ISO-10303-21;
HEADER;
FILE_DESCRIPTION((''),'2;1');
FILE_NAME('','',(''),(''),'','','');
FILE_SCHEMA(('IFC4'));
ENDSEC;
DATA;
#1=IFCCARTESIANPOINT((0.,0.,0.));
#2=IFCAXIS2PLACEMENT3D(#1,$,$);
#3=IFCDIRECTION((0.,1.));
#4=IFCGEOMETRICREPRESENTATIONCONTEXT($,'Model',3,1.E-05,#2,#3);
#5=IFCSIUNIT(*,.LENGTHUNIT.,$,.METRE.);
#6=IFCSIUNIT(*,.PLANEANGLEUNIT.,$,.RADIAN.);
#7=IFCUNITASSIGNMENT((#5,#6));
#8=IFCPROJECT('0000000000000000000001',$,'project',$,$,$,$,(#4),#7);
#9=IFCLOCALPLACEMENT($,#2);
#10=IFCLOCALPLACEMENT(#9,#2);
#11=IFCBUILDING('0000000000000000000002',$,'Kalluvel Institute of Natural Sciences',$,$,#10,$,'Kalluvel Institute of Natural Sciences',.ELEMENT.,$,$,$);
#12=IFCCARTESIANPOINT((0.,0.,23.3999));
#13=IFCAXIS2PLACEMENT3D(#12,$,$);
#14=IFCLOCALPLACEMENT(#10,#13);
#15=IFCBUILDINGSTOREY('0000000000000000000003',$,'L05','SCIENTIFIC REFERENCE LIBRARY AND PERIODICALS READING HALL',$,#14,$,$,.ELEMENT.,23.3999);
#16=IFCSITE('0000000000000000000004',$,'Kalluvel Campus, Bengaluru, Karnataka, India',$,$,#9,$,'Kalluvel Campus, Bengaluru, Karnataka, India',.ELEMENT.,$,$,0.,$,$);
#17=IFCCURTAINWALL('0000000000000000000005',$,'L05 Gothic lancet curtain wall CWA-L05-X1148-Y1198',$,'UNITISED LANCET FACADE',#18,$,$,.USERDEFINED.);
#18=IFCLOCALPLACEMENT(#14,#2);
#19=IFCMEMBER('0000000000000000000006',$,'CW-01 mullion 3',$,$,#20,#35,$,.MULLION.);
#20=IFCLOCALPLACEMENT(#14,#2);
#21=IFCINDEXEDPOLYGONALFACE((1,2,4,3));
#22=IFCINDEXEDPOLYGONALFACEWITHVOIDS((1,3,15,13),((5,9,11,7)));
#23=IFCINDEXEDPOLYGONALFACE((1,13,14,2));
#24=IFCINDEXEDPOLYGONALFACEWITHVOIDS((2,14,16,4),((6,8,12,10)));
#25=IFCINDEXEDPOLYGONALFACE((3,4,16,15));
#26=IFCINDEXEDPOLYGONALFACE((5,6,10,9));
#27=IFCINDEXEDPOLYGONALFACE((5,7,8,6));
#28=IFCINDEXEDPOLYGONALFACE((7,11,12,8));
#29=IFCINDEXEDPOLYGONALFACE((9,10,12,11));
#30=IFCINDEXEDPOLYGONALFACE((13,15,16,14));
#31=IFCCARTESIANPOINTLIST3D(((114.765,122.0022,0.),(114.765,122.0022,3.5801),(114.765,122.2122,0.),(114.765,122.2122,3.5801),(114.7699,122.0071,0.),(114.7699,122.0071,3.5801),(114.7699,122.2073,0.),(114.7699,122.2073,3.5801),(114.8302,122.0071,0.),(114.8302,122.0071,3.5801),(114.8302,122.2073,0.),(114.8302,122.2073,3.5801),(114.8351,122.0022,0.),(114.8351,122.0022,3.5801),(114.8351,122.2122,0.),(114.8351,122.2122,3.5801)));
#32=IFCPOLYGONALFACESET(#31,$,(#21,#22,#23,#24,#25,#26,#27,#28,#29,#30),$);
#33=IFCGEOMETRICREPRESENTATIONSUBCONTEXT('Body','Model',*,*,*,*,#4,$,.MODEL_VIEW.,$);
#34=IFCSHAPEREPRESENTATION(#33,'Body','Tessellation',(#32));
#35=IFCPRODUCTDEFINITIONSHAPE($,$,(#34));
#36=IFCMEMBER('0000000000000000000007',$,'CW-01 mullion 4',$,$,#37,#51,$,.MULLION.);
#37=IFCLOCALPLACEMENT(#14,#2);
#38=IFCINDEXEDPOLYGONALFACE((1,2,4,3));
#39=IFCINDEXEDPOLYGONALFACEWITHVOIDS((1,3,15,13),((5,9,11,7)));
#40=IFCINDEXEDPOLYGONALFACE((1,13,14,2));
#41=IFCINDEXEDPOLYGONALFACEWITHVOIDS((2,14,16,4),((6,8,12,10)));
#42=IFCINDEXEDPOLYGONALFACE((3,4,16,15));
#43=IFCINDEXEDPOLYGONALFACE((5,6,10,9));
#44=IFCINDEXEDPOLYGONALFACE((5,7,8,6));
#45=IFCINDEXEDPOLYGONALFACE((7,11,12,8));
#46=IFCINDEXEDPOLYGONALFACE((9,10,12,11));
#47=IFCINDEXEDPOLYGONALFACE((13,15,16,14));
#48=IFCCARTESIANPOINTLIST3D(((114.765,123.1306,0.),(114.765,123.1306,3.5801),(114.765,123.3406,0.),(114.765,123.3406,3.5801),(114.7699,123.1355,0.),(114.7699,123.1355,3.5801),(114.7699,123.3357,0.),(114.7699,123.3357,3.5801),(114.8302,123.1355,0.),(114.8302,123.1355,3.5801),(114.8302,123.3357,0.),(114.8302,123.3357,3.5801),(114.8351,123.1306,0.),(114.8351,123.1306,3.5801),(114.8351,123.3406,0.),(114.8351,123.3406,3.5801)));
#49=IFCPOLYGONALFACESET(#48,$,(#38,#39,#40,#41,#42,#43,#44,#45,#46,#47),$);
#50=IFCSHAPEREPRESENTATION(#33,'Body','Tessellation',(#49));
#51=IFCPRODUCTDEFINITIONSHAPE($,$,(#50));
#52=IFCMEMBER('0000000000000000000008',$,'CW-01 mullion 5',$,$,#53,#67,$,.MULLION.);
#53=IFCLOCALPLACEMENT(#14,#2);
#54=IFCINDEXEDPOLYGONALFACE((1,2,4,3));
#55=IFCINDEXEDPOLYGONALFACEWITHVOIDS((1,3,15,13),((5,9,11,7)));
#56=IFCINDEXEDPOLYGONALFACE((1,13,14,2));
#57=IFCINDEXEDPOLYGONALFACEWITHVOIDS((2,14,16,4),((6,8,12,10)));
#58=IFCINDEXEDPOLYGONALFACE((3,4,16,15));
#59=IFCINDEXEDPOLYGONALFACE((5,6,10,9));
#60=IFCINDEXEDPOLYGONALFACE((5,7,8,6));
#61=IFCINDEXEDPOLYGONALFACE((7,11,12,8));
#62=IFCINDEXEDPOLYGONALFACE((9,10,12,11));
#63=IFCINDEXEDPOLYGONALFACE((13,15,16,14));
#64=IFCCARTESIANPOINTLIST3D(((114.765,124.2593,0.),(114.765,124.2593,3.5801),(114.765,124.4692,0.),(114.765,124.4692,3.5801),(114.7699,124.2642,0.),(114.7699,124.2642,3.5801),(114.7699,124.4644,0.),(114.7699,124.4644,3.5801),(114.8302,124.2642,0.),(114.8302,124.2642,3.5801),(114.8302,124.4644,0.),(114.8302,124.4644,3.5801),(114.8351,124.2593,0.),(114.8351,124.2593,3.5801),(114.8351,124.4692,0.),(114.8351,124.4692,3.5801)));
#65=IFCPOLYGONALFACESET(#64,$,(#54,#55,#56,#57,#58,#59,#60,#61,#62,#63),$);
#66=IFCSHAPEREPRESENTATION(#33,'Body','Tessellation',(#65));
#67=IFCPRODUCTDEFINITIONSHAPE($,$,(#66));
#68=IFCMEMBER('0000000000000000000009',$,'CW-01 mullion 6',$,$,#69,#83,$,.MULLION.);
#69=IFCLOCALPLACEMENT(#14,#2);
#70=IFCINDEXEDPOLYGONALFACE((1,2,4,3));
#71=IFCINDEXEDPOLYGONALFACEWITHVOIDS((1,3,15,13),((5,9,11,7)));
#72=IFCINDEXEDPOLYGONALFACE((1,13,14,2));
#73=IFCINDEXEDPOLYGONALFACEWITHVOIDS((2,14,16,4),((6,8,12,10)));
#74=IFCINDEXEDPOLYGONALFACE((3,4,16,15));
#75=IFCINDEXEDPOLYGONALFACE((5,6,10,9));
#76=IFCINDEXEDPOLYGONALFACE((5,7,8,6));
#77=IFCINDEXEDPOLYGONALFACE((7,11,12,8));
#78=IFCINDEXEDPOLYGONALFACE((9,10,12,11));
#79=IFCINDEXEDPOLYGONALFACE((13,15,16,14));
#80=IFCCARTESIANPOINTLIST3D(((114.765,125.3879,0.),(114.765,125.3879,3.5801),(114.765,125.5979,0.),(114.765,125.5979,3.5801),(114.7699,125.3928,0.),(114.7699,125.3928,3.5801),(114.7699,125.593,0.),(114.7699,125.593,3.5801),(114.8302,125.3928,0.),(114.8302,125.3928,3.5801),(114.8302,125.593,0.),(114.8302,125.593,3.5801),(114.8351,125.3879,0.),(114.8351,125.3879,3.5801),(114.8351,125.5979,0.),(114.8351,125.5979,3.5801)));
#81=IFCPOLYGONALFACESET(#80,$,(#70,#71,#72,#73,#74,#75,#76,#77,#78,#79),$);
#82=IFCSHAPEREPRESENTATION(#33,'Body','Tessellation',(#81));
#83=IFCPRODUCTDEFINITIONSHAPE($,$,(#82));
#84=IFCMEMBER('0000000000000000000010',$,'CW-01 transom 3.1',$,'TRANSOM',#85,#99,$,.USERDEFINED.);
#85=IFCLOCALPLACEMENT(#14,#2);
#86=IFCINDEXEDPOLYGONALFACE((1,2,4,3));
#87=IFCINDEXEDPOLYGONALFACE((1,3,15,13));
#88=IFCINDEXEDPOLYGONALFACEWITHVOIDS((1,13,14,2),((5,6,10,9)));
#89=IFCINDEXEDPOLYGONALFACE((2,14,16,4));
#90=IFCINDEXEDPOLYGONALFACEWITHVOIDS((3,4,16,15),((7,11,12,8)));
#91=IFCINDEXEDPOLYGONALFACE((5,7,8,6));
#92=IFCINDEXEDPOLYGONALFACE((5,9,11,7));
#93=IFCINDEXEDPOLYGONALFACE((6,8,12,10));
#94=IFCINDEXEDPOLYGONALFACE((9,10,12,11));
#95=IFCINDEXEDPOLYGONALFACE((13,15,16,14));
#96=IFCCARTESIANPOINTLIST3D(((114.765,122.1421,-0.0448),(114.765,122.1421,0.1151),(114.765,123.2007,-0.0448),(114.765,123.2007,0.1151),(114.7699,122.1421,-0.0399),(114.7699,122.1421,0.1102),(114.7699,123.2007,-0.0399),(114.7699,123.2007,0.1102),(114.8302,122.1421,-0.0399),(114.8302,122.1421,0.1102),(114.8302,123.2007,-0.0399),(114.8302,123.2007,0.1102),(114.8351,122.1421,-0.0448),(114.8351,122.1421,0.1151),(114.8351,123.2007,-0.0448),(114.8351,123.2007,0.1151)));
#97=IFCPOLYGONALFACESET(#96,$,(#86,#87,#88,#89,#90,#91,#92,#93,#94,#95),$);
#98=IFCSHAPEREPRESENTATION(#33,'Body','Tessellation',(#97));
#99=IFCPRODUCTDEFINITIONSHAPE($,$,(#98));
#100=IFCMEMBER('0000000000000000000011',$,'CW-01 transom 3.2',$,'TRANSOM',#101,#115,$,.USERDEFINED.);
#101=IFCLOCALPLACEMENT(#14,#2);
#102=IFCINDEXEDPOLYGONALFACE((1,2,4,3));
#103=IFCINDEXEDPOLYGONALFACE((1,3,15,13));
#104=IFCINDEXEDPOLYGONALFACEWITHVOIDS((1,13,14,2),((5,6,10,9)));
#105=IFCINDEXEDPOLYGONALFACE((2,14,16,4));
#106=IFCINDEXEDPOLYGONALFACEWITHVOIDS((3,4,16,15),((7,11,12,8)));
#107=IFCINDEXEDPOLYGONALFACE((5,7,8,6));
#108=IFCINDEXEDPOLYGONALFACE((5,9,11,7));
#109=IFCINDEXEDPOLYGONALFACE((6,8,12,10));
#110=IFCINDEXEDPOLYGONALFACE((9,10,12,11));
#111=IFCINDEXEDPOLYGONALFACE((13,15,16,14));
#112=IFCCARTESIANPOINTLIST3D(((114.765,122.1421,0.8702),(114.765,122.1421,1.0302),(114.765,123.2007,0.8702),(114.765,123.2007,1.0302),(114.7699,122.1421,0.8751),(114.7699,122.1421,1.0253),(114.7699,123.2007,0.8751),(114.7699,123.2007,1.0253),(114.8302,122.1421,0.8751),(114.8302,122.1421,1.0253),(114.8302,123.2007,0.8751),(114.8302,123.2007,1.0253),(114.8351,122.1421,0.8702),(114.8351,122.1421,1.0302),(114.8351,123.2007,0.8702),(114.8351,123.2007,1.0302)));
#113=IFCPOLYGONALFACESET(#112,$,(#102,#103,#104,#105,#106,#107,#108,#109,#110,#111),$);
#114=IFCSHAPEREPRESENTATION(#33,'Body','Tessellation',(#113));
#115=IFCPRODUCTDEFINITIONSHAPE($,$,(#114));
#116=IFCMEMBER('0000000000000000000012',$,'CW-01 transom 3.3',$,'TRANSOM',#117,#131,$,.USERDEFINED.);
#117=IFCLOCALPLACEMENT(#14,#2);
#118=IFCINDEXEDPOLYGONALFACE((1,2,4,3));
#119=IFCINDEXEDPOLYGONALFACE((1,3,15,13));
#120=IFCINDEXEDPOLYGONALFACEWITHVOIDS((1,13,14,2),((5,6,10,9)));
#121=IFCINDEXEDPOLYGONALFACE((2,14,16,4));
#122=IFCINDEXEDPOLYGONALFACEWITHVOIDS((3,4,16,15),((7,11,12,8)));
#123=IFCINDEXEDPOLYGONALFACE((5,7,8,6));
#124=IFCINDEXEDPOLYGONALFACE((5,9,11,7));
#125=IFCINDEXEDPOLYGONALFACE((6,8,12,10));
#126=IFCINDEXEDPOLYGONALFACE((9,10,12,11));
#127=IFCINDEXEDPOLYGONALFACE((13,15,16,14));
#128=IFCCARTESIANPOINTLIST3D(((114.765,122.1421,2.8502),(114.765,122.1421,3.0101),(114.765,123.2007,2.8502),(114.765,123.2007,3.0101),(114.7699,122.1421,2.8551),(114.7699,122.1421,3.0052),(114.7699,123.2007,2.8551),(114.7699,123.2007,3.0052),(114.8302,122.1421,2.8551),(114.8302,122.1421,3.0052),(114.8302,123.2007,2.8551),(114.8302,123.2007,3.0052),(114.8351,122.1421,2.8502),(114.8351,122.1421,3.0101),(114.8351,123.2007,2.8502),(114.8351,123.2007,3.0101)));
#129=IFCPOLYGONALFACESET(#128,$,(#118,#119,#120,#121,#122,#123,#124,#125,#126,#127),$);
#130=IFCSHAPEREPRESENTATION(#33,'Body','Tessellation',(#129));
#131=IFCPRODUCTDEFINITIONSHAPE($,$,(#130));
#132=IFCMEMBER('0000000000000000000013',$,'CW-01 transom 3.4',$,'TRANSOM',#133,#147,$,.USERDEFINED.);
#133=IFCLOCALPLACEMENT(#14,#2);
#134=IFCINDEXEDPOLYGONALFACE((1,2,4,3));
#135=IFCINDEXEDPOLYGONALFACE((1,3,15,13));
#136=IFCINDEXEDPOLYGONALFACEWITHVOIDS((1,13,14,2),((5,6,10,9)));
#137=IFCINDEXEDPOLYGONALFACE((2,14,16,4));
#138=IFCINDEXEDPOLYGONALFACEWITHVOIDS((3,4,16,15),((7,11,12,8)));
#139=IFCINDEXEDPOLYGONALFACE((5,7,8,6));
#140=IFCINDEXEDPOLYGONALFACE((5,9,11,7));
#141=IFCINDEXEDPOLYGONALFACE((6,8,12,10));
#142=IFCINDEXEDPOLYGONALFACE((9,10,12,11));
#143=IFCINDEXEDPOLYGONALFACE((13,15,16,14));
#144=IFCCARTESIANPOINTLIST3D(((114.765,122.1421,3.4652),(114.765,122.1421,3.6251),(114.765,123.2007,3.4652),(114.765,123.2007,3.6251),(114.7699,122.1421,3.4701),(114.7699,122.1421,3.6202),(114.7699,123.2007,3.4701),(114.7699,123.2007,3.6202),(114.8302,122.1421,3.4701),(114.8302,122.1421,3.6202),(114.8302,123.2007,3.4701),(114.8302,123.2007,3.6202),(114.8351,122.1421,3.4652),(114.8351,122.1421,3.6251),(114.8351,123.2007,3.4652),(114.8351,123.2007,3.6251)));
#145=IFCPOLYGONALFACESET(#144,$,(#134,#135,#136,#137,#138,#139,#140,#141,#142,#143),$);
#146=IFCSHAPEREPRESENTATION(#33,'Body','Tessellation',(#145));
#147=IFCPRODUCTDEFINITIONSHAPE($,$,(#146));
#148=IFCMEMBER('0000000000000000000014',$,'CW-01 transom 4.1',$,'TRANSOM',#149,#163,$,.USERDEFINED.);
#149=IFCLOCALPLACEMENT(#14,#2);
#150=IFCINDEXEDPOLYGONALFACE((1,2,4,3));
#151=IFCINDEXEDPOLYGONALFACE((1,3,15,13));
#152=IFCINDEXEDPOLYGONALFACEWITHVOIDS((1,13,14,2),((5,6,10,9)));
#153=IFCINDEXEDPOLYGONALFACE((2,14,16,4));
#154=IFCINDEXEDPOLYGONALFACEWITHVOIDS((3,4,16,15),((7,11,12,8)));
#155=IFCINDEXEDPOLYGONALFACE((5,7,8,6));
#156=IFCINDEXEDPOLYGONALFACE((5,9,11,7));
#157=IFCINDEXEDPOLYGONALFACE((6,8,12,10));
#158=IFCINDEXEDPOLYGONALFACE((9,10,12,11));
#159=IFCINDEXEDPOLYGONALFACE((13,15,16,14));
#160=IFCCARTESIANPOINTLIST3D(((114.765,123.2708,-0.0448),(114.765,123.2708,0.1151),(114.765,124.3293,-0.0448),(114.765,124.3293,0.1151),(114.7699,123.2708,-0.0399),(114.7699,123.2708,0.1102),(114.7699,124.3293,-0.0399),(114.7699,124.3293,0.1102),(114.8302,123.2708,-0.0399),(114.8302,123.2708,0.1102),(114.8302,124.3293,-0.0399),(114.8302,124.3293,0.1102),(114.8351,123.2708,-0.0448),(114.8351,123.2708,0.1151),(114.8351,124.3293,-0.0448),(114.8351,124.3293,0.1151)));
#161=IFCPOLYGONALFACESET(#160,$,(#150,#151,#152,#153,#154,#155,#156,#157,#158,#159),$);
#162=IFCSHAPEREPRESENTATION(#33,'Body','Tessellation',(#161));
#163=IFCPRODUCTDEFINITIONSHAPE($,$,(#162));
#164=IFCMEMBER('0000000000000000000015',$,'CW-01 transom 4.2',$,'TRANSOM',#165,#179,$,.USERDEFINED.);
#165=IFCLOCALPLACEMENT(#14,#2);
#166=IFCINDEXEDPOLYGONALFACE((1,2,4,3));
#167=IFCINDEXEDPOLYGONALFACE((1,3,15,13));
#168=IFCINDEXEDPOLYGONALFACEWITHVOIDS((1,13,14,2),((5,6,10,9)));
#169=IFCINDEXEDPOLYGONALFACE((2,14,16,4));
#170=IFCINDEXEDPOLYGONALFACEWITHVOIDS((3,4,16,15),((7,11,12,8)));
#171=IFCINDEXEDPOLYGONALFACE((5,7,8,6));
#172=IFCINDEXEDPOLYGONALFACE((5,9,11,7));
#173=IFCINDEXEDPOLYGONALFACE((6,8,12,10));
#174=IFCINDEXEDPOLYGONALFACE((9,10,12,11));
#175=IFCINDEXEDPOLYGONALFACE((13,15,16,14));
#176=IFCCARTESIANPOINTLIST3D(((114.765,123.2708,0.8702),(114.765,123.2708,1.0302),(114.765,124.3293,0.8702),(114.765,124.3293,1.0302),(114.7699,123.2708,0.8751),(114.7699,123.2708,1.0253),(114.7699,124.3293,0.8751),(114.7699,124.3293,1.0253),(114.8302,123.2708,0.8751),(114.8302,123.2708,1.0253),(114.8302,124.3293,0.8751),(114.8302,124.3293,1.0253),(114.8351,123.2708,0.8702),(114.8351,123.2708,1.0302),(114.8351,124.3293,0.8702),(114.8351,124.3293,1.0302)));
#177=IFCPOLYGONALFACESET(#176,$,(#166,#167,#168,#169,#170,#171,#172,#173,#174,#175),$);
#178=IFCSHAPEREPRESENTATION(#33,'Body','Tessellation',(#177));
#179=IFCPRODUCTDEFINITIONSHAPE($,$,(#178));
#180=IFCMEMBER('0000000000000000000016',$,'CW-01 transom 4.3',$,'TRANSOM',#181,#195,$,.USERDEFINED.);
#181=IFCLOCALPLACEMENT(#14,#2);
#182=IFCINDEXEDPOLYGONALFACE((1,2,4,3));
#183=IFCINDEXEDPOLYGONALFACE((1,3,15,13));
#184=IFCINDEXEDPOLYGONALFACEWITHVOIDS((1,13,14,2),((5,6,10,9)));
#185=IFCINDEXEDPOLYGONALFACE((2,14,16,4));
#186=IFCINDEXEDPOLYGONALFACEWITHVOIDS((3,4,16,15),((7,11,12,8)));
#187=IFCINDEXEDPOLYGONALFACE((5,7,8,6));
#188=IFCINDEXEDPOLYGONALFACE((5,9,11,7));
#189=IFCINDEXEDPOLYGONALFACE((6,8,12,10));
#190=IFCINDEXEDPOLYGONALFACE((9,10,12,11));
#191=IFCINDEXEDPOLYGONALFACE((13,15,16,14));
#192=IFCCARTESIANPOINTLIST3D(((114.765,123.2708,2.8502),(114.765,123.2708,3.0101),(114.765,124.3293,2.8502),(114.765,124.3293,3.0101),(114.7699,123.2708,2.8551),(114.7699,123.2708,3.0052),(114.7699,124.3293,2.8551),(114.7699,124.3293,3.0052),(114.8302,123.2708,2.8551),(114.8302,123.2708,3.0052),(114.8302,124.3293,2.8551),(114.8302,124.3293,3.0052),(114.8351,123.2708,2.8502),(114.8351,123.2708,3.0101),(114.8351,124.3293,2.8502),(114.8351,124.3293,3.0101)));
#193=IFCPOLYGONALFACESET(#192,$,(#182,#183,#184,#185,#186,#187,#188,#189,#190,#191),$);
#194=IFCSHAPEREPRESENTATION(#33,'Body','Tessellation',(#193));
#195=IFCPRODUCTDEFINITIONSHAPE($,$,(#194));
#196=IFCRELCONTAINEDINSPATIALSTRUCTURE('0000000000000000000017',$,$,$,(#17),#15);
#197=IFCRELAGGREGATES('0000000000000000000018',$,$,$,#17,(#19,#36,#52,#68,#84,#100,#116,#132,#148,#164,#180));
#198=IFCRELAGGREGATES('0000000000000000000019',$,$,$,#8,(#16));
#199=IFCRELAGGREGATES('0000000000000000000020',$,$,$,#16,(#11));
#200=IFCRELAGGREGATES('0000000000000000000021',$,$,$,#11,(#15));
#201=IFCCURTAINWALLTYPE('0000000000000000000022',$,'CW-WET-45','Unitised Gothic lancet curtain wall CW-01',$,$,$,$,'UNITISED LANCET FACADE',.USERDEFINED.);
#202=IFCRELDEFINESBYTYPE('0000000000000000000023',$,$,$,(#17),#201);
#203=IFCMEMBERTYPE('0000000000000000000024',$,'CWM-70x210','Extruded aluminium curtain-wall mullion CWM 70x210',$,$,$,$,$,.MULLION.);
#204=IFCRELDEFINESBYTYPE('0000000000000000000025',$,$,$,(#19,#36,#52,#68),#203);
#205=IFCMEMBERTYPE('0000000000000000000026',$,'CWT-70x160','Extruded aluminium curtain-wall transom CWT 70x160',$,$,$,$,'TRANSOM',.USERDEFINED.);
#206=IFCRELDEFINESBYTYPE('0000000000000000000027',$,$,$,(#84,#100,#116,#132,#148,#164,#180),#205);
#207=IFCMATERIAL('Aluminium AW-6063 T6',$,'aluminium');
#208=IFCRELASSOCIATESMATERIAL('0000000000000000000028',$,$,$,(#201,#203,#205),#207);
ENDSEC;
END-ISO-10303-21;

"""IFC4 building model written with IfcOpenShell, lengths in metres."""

from ifc_helpers import new_model, si_unit, direction, frame, origin, origin_2d, place, context, subcontext, project, spatial, hollow_rectangle, extrude, material, material_profile, profile_set, type_object, element, aggregate, save


model = new_model("IFC4")

# Units and contexts
model_context = context("Model", 3, precision=1e-05, world=origin(), true_north=direction((0.0, 1.0)))
body_context = subcontext(model_context, "Body", "Model", "MODEL_VIEW")
ifc_project = project(units=[si_unit("LENGTHUNIT", "METRE"), si_unit("PLANEANGLEUNIT", "RADIAN")], contexts=[model_context])

# Site, building, storey
site_placement = place(None, origin())
site = spatial("IfcSite", under=ifc_project, at=site_placement, Name="Kalluvel Campus, Bengaluru, Karnataka, India", LongName="Kalluvel Campus, Bengaluru, Karnataka, India", CompositionType="ELEMENT", RefElevation=0.0)
building_placement = place(site_placement, origin())
building = spatial("IfcBuilding", under=site, at=building_placement, Name="Kalluvel Institute of Natural Sciences", LongName="Kalluvel Institute of Natural Sciences", CompositionType="ELEMENT")
storey_placement = place(building_placement, frame((0.0, 0.0, 23.3999)))
storey = spatial("IfcBuildingStorey", under=building, at=storey_placement, Name="L05", Description="SCIENTIFIC REFERENCE LIBRARY AND PERIODICALS READING HALL", CompositionType="ELEMENT", Elevation=23.3999)

# Curtain wall, members
ifc_material_1 = material(Name="Aluminium AW-6063 T6", Category="aluminium")
curtain_wall_type = type_object("IfcCurtainWallType", Name="CW-WET-45", Description="Unitised Gothic lancet curtain wall CW-01", ElementType="UNITISED LANCET FACADE", PredefinedType="USERDEFINED", material=ifc_material_1)
curtain_wall_placement = place(storey_placement, origin())
curtain_wall = element("IfcCurtainWall", 1, at=curtain_wall_placement, inside=storey, type_object=curtain_wall_type, Name="L05 Gothic lancet curtain wall CWA-L05-X1148-Y1198", ObjectType="UNITISED LANCET FACADE", PredefinedType="USERDEFINED")
ifc_material_profile_1 = material_profile(ifc_material_1, hollow_rectangle(XDim=0.0701, YDim=0.21, WallThickness=0.0049, at=origin_2d()), Name="CWM 70x210")
ifc_profile_set_1 = profile_set([ifc_material_profile_1], Name="Aluminium AW-6063 T6")
member_type_1 = type_object("IfcMemberType", Name="CWM-70x210", Description="Extruded aluminium curtain-wall mullion CWM 70x210", PredefinedType="MULLION", material=ifc_profile_set_1)
member_1_placement = place(storey_placement, frame((114.8, 122.1072, 0.0), z_axis=(0.0, 0.0, 1.0), x_axis=(-1.0, 0.0, 0.0)))
member_1 = element("IfcMember", 2, at=member_1_placement, type_object=member_type_1, Name="CW-01 mullion 3", PredefinedType="MULLION", context=body_context, shape_type="SweptSolid", body=[
    extrude(hollow_rectangle(XDim=0.0701, YDim=0.21, WallThickness=0.0049, at=origin_2d()), origin(), (0.0, 0.0, 1.0), 3.5801),
])
member_2_placement = place(storey_placement, frame((114.8, 123.2356, 0.0), z_axis=(0.0, 0.0, 1.0), x_axis=(-1.0, 0.0, 0.0)))
member_2 = element("IfcMember", 3, at=member_2_placement, type_object=member_type_1, Name="CW-01 mullion 4", PredefinedType="MULLION", context=body_context, shape_type="SweptSolid", body=[
    extrude(hollow_rectangle(XDim=0.0701, YDim=0.21, WallThickness=0.0049, at=origin_2d()), origin(), (0.0, 0.0, 1.0), 3.5801),
])
member_3_placement = place(storey_placement, frame((114.8, 124.3643, 0.0), z_axis=(0.0, 0.0, 1.0), x_axis=(-1.0, 0.0, 0.0)))
member_3 = element("IfcMember", 4, at=member_3_placement, type_object=member_type_1, Name="CW-01 mullion 5", PredefinedType="MULLION", context=body_context, shape_type="SweptSolid", body=[
    extrude(hollow_rectangle(XDim=0.0701, YDim=0.21, WallThickness=0.0049, at=origin_2d()), origin(), (0.0, 0.0, 1.0), 3.5801),
])
member_4_placement = place(storey_placement, frame((114.8, 125.4929, 0.0), z_axis=(0.0, 0.0, 1.0), x_axis=(-1.0, 0.0, 0.0)))
member_4 = element("IfcMember", 5, at=member_4_placement, type_object=member_type_1, Name="CW-01 mullion 6", PredefinedType="MULLION", context=body_context, shape_type="SweptSolid", body=[
    extrude(hollow_rectangle(XDim=0.0701, YDim=0.21, WallThickness=0.0049, at=origin_2d()), origin(), (0.0, 0.0, 1.0), 3.5801),
])
ifc_material_profile_2 = material_profile(ifc_material_1, hollow_rectangle(XDim=0.0701, YDim=0.1599, WallThickness=0.0049, at=origin_2d()), Name="CWT 70x160")
ifc_profile_set_2 = profile_set([ifc_material_profile_2], Name="Aluminium AW-6063 T6")
member_type_2 = type_object("IfcMemberType", Name="CWT-70x160", Description="Extruded aluminium curtain-wall transom CWT 70x160", ElementType="TRANSOM", PredefinedType="USERDEFINED", material=ifc_profile_set_2)
member_5_placement = place(storey_placement, frame((114.8, 122.1421, 0.0352), z_axis=(0.0, 1.0, 0.0), x_axis=(-1.0, 0.0, 0.0)))
member_5 = element("IfcMember", 6, at=member_5_placement, type_object=member_type_2, Name="CW-01 transom 3.1", ObjectType="TRANSOM", PredefinedType="USERDEFINED", context=body_context, shape_type="SweptSolid", body=[
    extrude(hollow_rectangle(XDim=0.0701, YDim=0.1599, WallThickness=0.0049, at=origin_2d()), origin(), (0.0, 0.0, 1.0), 1.0586),
])
member_6_placement = place(storey_placement, frame((114.8, 122.1421, 0.9502), z_axis=(0.0, 1.0, 0.0), x_axis=(-1.0, 0.0, 0.0)))
member_6 = element("IfcMember", 7, at=member_6_placement, type_object=member_type_2, Name="CW-01 transom 3.2", ObjectType="TRANSOM", PredefinedType="USERDEFINED", context=body_context, shape_type="SweptSolid", body=[
    extrude(hollow_rectangle(XDim=0.0701, YDim=0.1599, WallThickness=0.0049, at=origin_2d()), origin(), (0.0, 0.0, 1.0), 1.0586),
])
member_7_placement = place(storey_placement, frame((114.8, 122.1421, 2.9302), z_axis=(0.0, 1.0, 0.0), x_axis=(-1.0, 0.0, 0.0)))
member_7 = element("IfcMember", 8, at=member_7_placement, type_object=member_type_2, Name="CW-01 transom 3.3", ObjectType="TRANSOM", PredefinedType="USERDEFINED", context=body_context, shape_type="SweptSolid", body=[
    extrude(hollow_rectangle(XDim=0.0701, YDim=0.1599, WallThickness=0.0049, at=origin_2d()), origin(), (0.0, 0.0, 1.0), 1.0586),
])
member_8_placement = place(storey_placement, frame((114.8, 122.1421, 3.5452), z_axis=(0.0, 1.0, 0.0), x_axis=(-1.0, 0.0, 0.0)))
member_8 = element("IfcMember", 9, at=member_8_placement, type_object=member_type_2, Name="CW-01 transom 3.4", ObjectType="TRANSOM", PredefinedType="USERDEFINED", context=body_context, shape_type="SweptSolid", body=[
    extrude(hollow_rectangle(XDim=0.0701, YDim=0.1599, WallThickness=0.0049, at=origin_2d()), origin(), (0.0, 0.0, 1.0), 1.0586),
])
member_9_placement = place(storey_placement, frame((114.8, 123.2708, 0.0352), z_axis=(0.0, 1.0, 0.0), x_axis=(-1.0, 0.0, 0.0)))
member_9 = element("IfcMember", 10, at=member_9_placement, type_object=member_type_2, Name="CW-01 transom 4.1", ObjectType="TRANSOM", PredefinedType="USERDEFINED", context=body_context, shape_type="SweptSolid", body=[
    extrude(hollow_rectangle(XDim=0.0701, YDim=0.1599, WallThickness=0.0049, at=origin_2d()), origin(), (0.0, 0.0, 1.0), 1.0586),
])
member_10_placement = place(storey_placement, frame((114.8, 123.2708, 0.9502), z_axis=(0.0, 1.0, 0.0), x_axis=(-1.0, 0.0, 0.0)))
member_10 = element("IfcMember", 11, at=member_10_placement, type_object=member_type_2, Name="CW-01 transom 4.2", ObjectType="TRANSOM", PredefinedType="USERDEFINED", context=body_context, shape_type="SweptSolid", body=[
    extrude(hollow_rectangle(XDim=0.0701, YDim=0.1599, WallThickness=0.0049, at=origin_2d()), origin(), (0.0, 0.0, 1.0), 1.0586),
])
member_11_placement = place(storey_placement, frame((114.8, 123.2708, 2.9302), z_axis=(0.0, 1.0, 0.0), x_axis=(-1.0, 0.0, 0.0)))
member_11 = element("IfcMember", 12, at=member_11_placement, type_object=member_type_2, Name="CW-01 transom 4.3", ObjectType="TRANSOM", PredefinedType="USERDEFINED", context=body_context, shape_type="SweptSolid", body=[
    extrude(hollow_rectangle(XDim=0.0701, YDim=0.1599, WallThickness=0.0049, at=origin_2d()), origin(), (0.0, 0.0, 1.0), 1.0586),
])
aggregate(curtain_wall, [member_1, member_2, member_3, member_4, member_5, member_6, member_7, member_8, member_9, member_10, member_11])

save(model, "model.ifc")
